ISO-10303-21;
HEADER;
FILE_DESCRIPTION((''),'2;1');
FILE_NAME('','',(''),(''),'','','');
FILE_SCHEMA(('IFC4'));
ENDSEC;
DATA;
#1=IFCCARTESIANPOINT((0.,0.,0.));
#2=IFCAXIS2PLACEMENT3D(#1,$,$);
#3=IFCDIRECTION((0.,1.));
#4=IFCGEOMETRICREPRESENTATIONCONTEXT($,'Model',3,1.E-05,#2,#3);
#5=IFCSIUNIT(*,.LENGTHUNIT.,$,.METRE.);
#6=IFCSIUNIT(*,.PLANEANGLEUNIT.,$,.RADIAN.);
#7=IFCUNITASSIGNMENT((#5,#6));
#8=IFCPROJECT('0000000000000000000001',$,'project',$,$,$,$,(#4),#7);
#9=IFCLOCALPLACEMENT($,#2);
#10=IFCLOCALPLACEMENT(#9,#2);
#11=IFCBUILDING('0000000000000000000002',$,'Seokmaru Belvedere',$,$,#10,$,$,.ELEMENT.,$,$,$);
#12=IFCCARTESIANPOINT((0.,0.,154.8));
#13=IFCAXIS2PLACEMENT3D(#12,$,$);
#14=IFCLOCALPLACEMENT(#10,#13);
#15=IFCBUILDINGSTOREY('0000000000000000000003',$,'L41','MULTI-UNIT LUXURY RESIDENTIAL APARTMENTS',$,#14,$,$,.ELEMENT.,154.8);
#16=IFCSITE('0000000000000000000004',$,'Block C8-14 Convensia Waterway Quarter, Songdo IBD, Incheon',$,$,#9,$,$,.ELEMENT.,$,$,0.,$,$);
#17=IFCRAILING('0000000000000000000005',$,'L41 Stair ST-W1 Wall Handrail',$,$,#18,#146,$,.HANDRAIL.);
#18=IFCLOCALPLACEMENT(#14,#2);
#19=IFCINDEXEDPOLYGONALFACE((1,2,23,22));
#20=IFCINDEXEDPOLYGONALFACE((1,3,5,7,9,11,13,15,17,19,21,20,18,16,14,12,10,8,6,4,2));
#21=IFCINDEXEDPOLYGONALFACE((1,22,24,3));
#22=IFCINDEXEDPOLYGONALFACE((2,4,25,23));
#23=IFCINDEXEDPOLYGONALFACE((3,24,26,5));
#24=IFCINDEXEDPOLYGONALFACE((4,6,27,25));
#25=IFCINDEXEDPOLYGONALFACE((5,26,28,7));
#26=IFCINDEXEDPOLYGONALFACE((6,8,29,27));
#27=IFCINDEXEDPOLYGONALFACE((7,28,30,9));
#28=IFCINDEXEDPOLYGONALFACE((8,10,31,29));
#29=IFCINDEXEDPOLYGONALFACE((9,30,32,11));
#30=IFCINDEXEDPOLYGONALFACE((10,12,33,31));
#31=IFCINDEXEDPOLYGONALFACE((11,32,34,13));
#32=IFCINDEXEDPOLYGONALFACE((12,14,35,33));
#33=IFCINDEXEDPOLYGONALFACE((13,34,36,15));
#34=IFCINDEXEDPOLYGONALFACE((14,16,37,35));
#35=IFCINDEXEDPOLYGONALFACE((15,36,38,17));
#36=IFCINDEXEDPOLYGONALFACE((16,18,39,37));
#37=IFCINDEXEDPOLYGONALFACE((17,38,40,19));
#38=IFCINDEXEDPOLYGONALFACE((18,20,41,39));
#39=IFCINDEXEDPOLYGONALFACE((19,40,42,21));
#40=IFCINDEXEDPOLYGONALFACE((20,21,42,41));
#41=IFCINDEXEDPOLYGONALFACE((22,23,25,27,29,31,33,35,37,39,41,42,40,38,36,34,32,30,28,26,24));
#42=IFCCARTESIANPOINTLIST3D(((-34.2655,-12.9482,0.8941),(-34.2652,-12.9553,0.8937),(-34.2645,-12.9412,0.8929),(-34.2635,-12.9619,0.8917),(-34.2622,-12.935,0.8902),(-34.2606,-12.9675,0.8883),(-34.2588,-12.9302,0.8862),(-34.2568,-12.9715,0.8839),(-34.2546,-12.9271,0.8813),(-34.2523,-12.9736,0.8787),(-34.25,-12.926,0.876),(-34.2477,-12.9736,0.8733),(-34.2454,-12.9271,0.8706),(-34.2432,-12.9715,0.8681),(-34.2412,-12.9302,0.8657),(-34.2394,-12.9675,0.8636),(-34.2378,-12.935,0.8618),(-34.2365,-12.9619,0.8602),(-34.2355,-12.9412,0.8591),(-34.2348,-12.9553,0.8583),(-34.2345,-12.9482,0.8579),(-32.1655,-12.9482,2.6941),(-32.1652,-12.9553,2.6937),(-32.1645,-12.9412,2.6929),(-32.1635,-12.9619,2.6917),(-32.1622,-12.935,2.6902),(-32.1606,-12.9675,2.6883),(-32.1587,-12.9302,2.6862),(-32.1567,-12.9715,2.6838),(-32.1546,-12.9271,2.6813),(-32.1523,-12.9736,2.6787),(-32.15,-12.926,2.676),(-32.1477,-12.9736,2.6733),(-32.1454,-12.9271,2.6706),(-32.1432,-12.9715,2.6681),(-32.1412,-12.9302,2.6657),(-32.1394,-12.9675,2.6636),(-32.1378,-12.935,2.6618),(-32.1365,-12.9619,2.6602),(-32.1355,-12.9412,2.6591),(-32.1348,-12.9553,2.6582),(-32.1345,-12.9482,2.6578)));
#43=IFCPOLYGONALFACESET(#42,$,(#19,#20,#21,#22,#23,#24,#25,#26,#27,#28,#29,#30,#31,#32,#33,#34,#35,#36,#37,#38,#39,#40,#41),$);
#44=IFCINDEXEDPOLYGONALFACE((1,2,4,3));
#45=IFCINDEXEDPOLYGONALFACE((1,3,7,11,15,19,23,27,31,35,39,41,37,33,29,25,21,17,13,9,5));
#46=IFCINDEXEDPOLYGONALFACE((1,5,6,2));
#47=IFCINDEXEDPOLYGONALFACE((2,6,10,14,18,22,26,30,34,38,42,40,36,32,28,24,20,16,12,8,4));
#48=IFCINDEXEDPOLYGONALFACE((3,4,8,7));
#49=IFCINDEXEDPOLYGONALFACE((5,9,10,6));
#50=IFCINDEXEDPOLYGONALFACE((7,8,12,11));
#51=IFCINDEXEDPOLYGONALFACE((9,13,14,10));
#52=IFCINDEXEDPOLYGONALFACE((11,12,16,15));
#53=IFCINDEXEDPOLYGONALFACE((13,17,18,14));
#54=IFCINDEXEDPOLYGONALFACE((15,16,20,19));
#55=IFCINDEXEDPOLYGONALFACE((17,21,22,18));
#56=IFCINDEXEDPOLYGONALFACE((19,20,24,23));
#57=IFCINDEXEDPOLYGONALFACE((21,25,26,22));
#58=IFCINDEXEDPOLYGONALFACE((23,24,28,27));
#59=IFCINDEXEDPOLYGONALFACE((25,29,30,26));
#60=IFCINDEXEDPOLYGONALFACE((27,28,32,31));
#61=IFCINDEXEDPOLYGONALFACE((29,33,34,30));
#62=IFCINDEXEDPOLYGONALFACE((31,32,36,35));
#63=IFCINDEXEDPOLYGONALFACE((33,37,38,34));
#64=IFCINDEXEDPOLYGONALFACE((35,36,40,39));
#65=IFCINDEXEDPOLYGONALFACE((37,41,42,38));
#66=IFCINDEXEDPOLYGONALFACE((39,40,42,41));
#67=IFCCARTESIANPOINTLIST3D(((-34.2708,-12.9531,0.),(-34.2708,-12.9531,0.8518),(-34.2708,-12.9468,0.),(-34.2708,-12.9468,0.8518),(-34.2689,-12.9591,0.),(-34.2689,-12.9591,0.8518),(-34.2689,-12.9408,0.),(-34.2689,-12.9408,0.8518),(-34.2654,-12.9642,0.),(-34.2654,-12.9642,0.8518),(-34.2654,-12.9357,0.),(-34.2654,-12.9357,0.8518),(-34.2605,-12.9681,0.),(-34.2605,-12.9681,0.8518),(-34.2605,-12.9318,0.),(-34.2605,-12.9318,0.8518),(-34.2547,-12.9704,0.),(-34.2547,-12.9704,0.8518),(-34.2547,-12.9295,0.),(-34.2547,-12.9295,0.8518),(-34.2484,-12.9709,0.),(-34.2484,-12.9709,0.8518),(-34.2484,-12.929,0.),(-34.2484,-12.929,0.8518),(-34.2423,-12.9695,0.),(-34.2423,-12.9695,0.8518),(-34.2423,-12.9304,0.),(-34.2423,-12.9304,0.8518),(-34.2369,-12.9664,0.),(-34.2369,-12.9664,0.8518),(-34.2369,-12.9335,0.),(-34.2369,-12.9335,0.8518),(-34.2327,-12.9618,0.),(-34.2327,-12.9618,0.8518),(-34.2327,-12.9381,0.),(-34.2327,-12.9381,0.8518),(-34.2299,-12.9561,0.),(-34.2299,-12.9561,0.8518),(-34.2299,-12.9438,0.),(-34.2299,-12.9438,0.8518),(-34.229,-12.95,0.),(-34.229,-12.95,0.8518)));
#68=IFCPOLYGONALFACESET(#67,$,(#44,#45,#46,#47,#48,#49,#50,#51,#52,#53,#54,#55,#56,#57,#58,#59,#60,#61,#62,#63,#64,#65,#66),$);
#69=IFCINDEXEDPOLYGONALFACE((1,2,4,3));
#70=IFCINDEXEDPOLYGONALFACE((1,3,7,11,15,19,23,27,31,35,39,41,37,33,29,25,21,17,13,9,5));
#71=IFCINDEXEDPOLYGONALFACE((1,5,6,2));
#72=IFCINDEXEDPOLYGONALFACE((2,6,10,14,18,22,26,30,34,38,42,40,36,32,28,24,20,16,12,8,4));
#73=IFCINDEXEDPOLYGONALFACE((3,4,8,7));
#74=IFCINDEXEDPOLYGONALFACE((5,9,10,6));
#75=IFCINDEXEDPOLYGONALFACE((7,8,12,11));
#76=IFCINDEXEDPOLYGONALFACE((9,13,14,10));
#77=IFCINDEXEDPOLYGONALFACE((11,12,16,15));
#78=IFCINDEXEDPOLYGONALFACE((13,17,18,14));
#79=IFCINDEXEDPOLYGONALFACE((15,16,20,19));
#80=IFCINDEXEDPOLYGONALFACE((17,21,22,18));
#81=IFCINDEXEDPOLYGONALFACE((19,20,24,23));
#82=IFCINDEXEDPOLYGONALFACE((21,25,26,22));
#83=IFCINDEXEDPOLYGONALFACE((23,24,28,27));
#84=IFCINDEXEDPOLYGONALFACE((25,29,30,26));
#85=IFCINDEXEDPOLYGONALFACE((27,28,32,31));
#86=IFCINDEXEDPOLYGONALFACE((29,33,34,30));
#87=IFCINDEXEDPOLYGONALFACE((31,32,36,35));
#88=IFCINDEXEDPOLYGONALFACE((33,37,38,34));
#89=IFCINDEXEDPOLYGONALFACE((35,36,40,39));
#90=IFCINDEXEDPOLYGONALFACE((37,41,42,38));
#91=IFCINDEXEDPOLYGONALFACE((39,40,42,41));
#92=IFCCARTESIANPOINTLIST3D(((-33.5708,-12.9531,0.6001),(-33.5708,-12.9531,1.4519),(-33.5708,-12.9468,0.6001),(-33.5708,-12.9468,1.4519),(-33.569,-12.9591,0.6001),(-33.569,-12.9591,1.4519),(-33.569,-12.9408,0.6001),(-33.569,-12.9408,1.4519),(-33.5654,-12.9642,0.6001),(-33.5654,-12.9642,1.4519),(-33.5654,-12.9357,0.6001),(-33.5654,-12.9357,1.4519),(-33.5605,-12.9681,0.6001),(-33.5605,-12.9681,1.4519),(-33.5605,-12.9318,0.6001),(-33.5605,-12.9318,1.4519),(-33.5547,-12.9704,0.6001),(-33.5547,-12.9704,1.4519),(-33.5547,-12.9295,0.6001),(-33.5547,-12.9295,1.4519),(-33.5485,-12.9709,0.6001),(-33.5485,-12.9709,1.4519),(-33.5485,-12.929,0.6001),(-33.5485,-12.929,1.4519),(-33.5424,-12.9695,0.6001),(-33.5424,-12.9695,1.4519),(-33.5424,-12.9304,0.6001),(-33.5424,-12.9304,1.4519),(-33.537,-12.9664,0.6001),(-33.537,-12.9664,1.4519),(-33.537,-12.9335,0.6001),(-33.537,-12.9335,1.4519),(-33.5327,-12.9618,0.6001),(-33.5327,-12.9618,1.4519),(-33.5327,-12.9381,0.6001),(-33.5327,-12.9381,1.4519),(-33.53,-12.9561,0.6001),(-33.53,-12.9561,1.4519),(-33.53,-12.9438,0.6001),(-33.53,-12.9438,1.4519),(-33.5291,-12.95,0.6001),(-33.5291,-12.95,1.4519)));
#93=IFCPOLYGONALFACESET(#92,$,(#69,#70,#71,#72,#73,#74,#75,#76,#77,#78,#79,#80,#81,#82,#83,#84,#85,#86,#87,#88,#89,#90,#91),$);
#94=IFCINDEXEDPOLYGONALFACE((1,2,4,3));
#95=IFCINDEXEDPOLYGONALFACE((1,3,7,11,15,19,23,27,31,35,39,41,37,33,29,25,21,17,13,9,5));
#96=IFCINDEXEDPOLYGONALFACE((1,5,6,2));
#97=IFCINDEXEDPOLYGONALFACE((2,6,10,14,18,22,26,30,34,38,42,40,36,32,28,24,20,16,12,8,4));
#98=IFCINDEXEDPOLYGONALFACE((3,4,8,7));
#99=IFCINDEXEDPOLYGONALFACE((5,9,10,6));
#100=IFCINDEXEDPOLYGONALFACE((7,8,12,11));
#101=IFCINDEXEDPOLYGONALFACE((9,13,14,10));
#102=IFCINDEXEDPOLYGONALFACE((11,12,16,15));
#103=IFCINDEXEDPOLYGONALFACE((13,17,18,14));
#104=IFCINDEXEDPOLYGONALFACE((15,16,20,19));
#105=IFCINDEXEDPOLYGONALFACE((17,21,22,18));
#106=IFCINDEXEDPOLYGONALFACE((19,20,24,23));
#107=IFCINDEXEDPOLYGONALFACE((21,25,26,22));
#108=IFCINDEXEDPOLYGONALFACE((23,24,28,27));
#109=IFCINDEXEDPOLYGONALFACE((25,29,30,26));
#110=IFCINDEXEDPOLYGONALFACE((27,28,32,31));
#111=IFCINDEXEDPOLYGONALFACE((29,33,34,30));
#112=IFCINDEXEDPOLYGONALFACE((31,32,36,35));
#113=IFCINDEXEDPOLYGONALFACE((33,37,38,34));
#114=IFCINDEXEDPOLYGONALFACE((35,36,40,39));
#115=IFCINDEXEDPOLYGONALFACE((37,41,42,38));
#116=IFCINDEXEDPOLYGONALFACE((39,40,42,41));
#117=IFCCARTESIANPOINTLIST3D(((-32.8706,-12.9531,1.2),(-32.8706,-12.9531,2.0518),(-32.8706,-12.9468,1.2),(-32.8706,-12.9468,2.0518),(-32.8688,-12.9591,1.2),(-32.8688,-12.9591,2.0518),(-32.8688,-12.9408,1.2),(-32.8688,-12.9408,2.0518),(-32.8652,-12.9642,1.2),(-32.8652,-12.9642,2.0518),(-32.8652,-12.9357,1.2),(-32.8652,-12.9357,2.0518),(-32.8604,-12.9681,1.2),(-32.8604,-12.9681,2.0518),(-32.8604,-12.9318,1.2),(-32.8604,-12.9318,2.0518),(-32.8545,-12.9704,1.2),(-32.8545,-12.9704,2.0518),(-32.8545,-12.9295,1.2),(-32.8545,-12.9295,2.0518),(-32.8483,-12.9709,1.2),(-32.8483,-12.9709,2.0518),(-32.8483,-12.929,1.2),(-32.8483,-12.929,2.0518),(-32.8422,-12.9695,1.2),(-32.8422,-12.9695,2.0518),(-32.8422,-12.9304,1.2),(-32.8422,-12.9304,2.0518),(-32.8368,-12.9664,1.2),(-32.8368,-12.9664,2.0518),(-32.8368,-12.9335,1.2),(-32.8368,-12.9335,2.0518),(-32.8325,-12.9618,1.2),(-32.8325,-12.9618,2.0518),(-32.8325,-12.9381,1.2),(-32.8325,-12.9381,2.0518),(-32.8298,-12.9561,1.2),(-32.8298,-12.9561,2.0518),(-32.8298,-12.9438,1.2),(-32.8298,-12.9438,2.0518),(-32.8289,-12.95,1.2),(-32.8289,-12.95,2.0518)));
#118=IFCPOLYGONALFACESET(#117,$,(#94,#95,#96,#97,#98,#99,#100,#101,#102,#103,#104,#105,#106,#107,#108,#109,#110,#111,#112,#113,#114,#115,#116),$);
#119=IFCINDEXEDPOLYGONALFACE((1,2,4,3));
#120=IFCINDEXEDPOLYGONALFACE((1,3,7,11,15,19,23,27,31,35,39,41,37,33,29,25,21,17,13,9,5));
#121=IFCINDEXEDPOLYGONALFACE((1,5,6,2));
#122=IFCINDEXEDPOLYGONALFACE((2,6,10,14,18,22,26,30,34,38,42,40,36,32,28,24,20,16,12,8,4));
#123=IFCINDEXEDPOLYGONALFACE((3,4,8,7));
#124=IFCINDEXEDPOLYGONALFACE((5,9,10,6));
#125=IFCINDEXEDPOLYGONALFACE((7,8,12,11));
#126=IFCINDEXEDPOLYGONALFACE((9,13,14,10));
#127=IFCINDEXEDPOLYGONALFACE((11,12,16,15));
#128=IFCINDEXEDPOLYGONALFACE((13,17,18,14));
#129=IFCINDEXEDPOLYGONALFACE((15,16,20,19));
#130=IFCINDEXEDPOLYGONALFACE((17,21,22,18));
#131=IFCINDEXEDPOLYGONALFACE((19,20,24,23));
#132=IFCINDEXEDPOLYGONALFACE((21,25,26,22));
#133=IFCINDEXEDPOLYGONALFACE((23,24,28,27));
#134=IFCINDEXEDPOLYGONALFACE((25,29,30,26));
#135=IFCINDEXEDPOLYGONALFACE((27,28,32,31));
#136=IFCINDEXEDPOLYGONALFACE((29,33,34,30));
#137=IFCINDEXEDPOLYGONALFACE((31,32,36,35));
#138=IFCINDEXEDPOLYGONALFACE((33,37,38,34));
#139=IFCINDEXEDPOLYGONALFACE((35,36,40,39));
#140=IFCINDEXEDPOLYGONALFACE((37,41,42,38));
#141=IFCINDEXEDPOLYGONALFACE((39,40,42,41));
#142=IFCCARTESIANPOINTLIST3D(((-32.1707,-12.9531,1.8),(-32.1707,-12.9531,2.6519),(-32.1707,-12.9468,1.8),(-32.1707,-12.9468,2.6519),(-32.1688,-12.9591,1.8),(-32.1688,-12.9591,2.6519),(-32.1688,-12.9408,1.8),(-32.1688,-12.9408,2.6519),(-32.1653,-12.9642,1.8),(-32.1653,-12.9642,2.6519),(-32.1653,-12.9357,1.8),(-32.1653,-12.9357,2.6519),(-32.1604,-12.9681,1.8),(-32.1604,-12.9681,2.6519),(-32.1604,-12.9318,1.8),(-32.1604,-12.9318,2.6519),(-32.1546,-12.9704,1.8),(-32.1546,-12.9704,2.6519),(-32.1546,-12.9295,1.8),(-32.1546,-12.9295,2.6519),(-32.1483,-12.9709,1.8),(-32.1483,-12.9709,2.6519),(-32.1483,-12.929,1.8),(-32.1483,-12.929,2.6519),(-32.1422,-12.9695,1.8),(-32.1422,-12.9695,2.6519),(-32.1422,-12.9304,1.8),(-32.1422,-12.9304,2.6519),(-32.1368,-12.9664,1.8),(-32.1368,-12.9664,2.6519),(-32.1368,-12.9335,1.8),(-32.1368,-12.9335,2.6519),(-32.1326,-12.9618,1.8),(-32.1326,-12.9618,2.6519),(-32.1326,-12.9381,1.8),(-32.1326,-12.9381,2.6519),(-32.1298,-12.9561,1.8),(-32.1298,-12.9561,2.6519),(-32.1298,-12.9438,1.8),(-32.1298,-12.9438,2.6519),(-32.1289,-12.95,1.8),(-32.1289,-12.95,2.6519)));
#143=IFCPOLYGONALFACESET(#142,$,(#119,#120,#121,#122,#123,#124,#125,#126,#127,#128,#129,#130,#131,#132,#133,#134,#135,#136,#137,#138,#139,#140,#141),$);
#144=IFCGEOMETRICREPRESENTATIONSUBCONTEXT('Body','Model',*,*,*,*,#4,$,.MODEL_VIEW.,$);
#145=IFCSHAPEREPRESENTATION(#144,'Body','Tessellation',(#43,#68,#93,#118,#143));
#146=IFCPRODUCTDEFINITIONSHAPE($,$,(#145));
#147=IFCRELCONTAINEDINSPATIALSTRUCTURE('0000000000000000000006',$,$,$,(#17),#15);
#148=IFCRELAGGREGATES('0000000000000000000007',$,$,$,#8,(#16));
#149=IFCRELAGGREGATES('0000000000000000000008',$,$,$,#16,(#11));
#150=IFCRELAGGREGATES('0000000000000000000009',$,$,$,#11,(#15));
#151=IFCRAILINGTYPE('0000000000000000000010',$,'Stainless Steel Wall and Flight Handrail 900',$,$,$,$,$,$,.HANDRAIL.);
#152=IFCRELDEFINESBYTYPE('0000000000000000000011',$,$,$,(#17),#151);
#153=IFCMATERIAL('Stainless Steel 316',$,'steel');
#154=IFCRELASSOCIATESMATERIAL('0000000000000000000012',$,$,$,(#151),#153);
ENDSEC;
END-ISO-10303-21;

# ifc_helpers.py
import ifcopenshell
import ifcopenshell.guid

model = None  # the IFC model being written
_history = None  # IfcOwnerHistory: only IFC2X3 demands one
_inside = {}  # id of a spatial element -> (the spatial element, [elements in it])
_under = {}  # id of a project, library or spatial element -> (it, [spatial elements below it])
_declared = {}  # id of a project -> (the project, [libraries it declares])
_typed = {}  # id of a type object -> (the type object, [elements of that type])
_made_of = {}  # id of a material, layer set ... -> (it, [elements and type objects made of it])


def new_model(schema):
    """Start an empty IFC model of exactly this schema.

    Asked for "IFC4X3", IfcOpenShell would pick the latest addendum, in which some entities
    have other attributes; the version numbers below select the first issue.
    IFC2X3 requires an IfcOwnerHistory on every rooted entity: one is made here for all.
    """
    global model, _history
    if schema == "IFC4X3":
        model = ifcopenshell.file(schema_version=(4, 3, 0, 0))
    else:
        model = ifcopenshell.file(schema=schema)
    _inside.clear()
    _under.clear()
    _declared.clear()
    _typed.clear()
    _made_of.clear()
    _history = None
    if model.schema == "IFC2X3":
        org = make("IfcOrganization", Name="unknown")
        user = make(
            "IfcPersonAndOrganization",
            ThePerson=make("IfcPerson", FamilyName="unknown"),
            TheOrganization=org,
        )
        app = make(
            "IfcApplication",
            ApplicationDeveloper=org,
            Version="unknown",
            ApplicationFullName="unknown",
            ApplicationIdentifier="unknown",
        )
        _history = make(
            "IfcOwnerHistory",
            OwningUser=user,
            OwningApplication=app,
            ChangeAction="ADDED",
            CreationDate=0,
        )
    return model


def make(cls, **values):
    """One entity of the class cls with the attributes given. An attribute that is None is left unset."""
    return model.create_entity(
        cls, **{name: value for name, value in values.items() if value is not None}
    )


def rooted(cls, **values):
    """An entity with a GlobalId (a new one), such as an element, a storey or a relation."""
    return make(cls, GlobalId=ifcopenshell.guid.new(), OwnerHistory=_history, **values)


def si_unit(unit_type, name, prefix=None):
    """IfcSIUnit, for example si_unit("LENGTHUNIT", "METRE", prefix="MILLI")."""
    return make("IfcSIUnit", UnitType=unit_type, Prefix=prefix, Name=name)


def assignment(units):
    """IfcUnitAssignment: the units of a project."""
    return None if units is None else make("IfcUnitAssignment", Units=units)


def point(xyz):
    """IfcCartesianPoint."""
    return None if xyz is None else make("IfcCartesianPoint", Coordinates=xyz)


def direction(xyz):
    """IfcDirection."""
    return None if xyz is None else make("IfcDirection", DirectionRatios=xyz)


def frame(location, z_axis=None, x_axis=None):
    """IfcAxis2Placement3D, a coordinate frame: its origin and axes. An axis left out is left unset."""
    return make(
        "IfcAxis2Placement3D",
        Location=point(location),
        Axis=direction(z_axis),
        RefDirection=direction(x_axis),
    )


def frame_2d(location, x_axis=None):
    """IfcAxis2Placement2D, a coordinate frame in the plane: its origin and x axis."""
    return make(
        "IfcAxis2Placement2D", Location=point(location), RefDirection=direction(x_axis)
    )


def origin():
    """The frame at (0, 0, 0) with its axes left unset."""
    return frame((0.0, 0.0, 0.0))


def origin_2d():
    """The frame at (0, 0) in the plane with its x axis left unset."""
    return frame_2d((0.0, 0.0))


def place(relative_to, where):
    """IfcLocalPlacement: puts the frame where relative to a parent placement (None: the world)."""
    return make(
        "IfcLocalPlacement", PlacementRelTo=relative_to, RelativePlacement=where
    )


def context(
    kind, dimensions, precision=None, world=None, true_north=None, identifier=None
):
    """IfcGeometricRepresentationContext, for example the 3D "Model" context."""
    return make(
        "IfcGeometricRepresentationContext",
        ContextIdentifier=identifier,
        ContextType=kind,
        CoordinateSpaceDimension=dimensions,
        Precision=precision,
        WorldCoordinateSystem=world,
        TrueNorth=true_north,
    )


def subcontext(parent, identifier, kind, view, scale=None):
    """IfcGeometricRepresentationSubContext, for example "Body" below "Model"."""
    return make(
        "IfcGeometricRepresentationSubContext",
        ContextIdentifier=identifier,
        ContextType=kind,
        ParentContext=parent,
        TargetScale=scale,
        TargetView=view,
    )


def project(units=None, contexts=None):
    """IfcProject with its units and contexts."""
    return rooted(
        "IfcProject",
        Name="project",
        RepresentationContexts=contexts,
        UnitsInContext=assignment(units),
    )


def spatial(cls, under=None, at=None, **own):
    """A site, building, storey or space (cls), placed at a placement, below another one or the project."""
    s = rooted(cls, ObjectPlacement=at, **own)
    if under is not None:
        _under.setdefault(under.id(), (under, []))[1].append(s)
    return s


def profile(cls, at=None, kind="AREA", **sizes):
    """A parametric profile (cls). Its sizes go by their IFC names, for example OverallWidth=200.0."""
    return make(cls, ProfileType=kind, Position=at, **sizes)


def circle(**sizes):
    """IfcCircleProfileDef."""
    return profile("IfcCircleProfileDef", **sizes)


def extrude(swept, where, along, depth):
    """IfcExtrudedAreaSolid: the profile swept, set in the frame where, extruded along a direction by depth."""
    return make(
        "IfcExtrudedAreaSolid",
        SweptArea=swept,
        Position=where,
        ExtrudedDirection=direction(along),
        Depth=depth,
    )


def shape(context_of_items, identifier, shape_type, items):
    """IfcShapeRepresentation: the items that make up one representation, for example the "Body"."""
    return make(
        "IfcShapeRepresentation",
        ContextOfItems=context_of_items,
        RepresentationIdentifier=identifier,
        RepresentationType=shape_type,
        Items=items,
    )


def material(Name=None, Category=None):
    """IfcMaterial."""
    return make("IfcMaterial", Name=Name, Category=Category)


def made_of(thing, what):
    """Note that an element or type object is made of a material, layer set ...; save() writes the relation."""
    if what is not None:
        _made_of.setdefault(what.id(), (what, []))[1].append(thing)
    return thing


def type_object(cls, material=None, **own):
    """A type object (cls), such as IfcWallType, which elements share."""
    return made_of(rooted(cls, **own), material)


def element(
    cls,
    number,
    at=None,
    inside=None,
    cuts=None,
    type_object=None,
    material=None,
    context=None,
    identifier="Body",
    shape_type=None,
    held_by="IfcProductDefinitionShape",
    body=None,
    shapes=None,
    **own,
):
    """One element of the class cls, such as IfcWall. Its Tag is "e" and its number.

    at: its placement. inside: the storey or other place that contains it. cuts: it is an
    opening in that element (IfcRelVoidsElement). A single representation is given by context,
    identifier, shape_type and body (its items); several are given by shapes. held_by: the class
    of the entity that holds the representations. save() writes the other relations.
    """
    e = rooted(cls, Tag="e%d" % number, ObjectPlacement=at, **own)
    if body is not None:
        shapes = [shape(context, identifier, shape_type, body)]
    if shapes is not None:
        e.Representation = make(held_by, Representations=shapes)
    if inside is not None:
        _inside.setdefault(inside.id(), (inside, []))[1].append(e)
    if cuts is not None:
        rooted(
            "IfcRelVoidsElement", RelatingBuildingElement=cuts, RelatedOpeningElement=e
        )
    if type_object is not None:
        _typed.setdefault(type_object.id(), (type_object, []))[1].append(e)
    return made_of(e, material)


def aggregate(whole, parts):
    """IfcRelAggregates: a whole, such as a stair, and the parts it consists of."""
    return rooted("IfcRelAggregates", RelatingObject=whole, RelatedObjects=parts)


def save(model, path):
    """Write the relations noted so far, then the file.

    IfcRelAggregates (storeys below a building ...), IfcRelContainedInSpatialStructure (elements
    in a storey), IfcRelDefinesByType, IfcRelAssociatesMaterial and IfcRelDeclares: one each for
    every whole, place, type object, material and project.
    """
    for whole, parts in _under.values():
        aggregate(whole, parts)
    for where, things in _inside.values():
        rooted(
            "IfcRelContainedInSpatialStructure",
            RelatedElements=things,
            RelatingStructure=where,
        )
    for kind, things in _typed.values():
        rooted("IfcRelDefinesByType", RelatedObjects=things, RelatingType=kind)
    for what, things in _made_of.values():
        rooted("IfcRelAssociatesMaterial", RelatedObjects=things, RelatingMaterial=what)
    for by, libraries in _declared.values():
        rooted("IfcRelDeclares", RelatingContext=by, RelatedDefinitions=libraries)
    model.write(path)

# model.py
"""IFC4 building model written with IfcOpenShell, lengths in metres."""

from ifc_helpers import new_model, si_unit, direction, frame, origin, origin_2d, place, context, subcontext, project, spatial, circle, extrude, material, type_object, element, save


model = new_model("IFC4")

# Units and contexts
model_context = context("Model", 3, precision=1e-05, world=origin(), true_north=direction((0.0, 1.0)))
body_context = subcontext(model_context, "Body", "Model", "MODEL_VIEW")
ifc_project = project(units=[si_unit("LENGTHUNIT", "METRE"), si_unit("PLANEANGLEUNIT", "RADIAN")], contexts=[model_context])

# Site, building, storey
site_placement = place(None, origin())
site = spatial("IfcSite", under=ifc_project, at=site_placement, Name="Block C8-14 Convensia Waterway Quarter, Songdo IBD, Incheon", CompositionType="ELEMENT", RefElevation=0.0)
building_placement = place(site_placement, origin())
building = spatial("IfcBuilding", under=site, at=building_placement, Name="Seokmaru Belvedere", CompositionType="ELEMENT")
storey_placement = place(building_placement, frame((0.0, 0.0, 154.8)))
storey = spatial("IfcBuildingStorey", under=building, at=storey_placement, Name="L41", Description="MULTI-UNIT LUXURY RESIDENTIAL APARTMENTS", CompositionType="ELEMENT", Elevation=154.8)

# Railing
ifc_material_1 = material(Name="Stainless Steel 316", Category="steel")
railing_type_1 = type_object("IfcRailingType", Name="Stainless Steel Wall and Flight Handrail 900", PredefinedType="HANDRAIL", material=ifc_material_1)
railing_1_placement = place(storey_placement, frame((-34.25, -12.95, 0.0)))
element("IfcRailing", 1, at=railing_1_placement, inside=storey, type_object=railing_type_1, Name="L41 Stair ST-W1 Wall Handrail", PredefinedType="HANDRAIL", context=body_context, shape_type="SweptSolid", body=[
    extrude(circle(Radius=0.0239, at=origin_2d()), frame((0.0, 0.0, 0.876), z_axis=(0.759263, 0.0, 0.650784), x_axis=(0.0, 1.0, 0.0)), (0.0, 0.0, 1.0), 2.7659),
    extrude(circle(Radius=0.021, at=origin_2d()), origin(), (0.0, 0.0, 1.0), 0.8518),
    extrude(circle(Radius=0.021, at=origin_2d()), frame((0.7, 0.0, 0.6001)), (0.0, 0.0, 1.0), 0.8518),
    extrude(circle(Radius=0.021, at=origin_2d()), frame((1.4001, 0.0, 1.2)), (0.0, 0.0, 1.0), 0.8518),
    extrude(circle(Radius=0.021, at=origin_2d()), frame((2.1001, 0.0, 1.8)), (0.0, 0.0, 1.0), 0.8518),
])

save(model, "model.ifc")
